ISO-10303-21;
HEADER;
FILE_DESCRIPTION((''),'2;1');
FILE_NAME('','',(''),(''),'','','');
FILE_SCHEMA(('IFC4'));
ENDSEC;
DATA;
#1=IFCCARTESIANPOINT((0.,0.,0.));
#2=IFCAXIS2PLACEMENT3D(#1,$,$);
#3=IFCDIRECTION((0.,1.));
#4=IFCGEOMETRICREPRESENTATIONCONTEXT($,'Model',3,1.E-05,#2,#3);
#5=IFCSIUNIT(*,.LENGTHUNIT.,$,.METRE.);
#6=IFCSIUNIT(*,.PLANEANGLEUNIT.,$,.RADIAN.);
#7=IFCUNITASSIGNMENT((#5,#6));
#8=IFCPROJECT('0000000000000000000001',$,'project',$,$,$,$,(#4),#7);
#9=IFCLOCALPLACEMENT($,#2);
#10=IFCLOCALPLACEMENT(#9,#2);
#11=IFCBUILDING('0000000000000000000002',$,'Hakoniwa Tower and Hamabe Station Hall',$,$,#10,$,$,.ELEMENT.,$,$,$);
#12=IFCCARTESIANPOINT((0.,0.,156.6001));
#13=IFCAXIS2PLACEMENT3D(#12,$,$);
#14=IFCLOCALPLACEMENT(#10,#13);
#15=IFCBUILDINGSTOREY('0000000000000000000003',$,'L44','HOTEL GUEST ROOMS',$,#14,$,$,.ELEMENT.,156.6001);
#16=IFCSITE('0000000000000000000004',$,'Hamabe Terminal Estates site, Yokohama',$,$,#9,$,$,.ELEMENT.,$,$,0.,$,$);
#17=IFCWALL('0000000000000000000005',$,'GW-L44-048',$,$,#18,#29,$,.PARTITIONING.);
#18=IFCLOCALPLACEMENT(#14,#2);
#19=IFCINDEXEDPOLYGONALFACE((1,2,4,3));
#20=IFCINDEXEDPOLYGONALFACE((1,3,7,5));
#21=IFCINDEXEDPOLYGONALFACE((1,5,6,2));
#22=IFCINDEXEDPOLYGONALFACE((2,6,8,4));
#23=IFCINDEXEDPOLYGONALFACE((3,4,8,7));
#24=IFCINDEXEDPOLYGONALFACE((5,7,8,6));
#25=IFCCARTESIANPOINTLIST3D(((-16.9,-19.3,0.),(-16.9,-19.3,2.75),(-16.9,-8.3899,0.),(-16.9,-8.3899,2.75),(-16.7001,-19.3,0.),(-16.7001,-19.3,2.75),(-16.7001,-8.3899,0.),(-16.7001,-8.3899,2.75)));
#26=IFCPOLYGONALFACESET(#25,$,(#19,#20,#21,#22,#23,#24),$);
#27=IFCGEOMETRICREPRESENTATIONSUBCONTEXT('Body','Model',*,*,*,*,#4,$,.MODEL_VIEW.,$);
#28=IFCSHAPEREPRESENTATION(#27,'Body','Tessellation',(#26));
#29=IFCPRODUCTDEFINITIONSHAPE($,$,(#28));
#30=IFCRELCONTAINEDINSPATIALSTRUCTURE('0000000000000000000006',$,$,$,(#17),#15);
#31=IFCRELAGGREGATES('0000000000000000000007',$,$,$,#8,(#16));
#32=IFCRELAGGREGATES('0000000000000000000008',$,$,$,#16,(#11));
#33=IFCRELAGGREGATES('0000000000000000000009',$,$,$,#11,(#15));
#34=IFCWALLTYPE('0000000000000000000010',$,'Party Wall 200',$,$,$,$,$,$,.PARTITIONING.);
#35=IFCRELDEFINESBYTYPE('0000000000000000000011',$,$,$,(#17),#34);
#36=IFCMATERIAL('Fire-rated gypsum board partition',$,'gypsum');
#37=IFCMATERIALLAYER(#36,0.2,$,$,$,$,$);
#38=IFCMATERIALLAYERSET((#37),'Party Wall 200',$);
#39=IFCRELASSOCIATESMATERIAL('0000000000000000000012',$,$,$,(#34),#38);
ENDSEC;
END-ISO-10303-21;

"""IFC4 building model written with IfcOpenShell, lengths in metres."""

from ifc_helpers import new_model, si_unit, direction, frame, frame_2d, origin, place, context, subcontext, project, spatial, rectangle, extrude, material, layer, layer_set, type_object, element, save


model = new_model("IFC4")

# Units and contexts
model_context = context("Model", 3, precision=1e-05, world=origin(), true_north=direction((0.0, 1.0)))
body_context = subcontext(model_context, "Body", "Model", "MODEL_VIEW")
ifc_project = project(units=[si_unit("LENGTHUNIT", "METRE"), si_unit("PLANEANGLEUNIT", "RADIAN")], contexts=[model_context])

# Site, building, storey
site_placement = place(None, origin())
site = spatial("IfcSite", under=ifc_project, at=site_placement, Name="Hamabe Terminal Estates site, Yokohama", CompositionType="ELEMENT", RefElevation=0.0)
building_placement = place(site_placement, origin())
building = spatial("IfcBuilding", under=site, at=building_placement, Name="Hakoniwa Tower and Hamabe Station Hall", CompositionType="ELEMENT")
storey_placement = place(building_placement, frame((0.0, 0.0, 156.6001)))
storey = spatial("IfcBuildingStorey", under=building, at=storey_placement, Name="L44", Description="HOTEL GUEST ROOMS", CompositionType="ELEMENT", Elevation=156.6001)

# Wall
ifc_material_1 = material(Name="Fire-rated gypsum board partition", Category="gypsum")
ifc_layer_1 = layer(ifc_material_1, 0.2)
ifc_layer_set_1 = layer_set([ifc_layer_1], Name="Party Wall 200")
wall_type_1 = type_object("IfcWallType", Name="Party Wall 200", PredefinedType="PARTITIONING", material=ifc_layer_set_1)
wall_1_placement = place(storey_placement, frame((-16.8, -19.3, 0.0), z_axis=(0.0, 0.0, 1.0), x_axis=(0.0, 1.0, 0.0)))
element("IfcWall", 1, at=wall_1_placement, inside=storey, type_object=wall_type_1, Name="GW-L44-048", PredefinedType="PARTITIONING", context=body_context, shape_type="SweptSolid", body=[
    extrude(rectangle(XDim=10.9102, YDim=0.2, at=frame_2d((5.4551, 0.0))), origin(), (0.0, 0.0, 1.0), 2.75),
])

save(model, "model.ifc")
